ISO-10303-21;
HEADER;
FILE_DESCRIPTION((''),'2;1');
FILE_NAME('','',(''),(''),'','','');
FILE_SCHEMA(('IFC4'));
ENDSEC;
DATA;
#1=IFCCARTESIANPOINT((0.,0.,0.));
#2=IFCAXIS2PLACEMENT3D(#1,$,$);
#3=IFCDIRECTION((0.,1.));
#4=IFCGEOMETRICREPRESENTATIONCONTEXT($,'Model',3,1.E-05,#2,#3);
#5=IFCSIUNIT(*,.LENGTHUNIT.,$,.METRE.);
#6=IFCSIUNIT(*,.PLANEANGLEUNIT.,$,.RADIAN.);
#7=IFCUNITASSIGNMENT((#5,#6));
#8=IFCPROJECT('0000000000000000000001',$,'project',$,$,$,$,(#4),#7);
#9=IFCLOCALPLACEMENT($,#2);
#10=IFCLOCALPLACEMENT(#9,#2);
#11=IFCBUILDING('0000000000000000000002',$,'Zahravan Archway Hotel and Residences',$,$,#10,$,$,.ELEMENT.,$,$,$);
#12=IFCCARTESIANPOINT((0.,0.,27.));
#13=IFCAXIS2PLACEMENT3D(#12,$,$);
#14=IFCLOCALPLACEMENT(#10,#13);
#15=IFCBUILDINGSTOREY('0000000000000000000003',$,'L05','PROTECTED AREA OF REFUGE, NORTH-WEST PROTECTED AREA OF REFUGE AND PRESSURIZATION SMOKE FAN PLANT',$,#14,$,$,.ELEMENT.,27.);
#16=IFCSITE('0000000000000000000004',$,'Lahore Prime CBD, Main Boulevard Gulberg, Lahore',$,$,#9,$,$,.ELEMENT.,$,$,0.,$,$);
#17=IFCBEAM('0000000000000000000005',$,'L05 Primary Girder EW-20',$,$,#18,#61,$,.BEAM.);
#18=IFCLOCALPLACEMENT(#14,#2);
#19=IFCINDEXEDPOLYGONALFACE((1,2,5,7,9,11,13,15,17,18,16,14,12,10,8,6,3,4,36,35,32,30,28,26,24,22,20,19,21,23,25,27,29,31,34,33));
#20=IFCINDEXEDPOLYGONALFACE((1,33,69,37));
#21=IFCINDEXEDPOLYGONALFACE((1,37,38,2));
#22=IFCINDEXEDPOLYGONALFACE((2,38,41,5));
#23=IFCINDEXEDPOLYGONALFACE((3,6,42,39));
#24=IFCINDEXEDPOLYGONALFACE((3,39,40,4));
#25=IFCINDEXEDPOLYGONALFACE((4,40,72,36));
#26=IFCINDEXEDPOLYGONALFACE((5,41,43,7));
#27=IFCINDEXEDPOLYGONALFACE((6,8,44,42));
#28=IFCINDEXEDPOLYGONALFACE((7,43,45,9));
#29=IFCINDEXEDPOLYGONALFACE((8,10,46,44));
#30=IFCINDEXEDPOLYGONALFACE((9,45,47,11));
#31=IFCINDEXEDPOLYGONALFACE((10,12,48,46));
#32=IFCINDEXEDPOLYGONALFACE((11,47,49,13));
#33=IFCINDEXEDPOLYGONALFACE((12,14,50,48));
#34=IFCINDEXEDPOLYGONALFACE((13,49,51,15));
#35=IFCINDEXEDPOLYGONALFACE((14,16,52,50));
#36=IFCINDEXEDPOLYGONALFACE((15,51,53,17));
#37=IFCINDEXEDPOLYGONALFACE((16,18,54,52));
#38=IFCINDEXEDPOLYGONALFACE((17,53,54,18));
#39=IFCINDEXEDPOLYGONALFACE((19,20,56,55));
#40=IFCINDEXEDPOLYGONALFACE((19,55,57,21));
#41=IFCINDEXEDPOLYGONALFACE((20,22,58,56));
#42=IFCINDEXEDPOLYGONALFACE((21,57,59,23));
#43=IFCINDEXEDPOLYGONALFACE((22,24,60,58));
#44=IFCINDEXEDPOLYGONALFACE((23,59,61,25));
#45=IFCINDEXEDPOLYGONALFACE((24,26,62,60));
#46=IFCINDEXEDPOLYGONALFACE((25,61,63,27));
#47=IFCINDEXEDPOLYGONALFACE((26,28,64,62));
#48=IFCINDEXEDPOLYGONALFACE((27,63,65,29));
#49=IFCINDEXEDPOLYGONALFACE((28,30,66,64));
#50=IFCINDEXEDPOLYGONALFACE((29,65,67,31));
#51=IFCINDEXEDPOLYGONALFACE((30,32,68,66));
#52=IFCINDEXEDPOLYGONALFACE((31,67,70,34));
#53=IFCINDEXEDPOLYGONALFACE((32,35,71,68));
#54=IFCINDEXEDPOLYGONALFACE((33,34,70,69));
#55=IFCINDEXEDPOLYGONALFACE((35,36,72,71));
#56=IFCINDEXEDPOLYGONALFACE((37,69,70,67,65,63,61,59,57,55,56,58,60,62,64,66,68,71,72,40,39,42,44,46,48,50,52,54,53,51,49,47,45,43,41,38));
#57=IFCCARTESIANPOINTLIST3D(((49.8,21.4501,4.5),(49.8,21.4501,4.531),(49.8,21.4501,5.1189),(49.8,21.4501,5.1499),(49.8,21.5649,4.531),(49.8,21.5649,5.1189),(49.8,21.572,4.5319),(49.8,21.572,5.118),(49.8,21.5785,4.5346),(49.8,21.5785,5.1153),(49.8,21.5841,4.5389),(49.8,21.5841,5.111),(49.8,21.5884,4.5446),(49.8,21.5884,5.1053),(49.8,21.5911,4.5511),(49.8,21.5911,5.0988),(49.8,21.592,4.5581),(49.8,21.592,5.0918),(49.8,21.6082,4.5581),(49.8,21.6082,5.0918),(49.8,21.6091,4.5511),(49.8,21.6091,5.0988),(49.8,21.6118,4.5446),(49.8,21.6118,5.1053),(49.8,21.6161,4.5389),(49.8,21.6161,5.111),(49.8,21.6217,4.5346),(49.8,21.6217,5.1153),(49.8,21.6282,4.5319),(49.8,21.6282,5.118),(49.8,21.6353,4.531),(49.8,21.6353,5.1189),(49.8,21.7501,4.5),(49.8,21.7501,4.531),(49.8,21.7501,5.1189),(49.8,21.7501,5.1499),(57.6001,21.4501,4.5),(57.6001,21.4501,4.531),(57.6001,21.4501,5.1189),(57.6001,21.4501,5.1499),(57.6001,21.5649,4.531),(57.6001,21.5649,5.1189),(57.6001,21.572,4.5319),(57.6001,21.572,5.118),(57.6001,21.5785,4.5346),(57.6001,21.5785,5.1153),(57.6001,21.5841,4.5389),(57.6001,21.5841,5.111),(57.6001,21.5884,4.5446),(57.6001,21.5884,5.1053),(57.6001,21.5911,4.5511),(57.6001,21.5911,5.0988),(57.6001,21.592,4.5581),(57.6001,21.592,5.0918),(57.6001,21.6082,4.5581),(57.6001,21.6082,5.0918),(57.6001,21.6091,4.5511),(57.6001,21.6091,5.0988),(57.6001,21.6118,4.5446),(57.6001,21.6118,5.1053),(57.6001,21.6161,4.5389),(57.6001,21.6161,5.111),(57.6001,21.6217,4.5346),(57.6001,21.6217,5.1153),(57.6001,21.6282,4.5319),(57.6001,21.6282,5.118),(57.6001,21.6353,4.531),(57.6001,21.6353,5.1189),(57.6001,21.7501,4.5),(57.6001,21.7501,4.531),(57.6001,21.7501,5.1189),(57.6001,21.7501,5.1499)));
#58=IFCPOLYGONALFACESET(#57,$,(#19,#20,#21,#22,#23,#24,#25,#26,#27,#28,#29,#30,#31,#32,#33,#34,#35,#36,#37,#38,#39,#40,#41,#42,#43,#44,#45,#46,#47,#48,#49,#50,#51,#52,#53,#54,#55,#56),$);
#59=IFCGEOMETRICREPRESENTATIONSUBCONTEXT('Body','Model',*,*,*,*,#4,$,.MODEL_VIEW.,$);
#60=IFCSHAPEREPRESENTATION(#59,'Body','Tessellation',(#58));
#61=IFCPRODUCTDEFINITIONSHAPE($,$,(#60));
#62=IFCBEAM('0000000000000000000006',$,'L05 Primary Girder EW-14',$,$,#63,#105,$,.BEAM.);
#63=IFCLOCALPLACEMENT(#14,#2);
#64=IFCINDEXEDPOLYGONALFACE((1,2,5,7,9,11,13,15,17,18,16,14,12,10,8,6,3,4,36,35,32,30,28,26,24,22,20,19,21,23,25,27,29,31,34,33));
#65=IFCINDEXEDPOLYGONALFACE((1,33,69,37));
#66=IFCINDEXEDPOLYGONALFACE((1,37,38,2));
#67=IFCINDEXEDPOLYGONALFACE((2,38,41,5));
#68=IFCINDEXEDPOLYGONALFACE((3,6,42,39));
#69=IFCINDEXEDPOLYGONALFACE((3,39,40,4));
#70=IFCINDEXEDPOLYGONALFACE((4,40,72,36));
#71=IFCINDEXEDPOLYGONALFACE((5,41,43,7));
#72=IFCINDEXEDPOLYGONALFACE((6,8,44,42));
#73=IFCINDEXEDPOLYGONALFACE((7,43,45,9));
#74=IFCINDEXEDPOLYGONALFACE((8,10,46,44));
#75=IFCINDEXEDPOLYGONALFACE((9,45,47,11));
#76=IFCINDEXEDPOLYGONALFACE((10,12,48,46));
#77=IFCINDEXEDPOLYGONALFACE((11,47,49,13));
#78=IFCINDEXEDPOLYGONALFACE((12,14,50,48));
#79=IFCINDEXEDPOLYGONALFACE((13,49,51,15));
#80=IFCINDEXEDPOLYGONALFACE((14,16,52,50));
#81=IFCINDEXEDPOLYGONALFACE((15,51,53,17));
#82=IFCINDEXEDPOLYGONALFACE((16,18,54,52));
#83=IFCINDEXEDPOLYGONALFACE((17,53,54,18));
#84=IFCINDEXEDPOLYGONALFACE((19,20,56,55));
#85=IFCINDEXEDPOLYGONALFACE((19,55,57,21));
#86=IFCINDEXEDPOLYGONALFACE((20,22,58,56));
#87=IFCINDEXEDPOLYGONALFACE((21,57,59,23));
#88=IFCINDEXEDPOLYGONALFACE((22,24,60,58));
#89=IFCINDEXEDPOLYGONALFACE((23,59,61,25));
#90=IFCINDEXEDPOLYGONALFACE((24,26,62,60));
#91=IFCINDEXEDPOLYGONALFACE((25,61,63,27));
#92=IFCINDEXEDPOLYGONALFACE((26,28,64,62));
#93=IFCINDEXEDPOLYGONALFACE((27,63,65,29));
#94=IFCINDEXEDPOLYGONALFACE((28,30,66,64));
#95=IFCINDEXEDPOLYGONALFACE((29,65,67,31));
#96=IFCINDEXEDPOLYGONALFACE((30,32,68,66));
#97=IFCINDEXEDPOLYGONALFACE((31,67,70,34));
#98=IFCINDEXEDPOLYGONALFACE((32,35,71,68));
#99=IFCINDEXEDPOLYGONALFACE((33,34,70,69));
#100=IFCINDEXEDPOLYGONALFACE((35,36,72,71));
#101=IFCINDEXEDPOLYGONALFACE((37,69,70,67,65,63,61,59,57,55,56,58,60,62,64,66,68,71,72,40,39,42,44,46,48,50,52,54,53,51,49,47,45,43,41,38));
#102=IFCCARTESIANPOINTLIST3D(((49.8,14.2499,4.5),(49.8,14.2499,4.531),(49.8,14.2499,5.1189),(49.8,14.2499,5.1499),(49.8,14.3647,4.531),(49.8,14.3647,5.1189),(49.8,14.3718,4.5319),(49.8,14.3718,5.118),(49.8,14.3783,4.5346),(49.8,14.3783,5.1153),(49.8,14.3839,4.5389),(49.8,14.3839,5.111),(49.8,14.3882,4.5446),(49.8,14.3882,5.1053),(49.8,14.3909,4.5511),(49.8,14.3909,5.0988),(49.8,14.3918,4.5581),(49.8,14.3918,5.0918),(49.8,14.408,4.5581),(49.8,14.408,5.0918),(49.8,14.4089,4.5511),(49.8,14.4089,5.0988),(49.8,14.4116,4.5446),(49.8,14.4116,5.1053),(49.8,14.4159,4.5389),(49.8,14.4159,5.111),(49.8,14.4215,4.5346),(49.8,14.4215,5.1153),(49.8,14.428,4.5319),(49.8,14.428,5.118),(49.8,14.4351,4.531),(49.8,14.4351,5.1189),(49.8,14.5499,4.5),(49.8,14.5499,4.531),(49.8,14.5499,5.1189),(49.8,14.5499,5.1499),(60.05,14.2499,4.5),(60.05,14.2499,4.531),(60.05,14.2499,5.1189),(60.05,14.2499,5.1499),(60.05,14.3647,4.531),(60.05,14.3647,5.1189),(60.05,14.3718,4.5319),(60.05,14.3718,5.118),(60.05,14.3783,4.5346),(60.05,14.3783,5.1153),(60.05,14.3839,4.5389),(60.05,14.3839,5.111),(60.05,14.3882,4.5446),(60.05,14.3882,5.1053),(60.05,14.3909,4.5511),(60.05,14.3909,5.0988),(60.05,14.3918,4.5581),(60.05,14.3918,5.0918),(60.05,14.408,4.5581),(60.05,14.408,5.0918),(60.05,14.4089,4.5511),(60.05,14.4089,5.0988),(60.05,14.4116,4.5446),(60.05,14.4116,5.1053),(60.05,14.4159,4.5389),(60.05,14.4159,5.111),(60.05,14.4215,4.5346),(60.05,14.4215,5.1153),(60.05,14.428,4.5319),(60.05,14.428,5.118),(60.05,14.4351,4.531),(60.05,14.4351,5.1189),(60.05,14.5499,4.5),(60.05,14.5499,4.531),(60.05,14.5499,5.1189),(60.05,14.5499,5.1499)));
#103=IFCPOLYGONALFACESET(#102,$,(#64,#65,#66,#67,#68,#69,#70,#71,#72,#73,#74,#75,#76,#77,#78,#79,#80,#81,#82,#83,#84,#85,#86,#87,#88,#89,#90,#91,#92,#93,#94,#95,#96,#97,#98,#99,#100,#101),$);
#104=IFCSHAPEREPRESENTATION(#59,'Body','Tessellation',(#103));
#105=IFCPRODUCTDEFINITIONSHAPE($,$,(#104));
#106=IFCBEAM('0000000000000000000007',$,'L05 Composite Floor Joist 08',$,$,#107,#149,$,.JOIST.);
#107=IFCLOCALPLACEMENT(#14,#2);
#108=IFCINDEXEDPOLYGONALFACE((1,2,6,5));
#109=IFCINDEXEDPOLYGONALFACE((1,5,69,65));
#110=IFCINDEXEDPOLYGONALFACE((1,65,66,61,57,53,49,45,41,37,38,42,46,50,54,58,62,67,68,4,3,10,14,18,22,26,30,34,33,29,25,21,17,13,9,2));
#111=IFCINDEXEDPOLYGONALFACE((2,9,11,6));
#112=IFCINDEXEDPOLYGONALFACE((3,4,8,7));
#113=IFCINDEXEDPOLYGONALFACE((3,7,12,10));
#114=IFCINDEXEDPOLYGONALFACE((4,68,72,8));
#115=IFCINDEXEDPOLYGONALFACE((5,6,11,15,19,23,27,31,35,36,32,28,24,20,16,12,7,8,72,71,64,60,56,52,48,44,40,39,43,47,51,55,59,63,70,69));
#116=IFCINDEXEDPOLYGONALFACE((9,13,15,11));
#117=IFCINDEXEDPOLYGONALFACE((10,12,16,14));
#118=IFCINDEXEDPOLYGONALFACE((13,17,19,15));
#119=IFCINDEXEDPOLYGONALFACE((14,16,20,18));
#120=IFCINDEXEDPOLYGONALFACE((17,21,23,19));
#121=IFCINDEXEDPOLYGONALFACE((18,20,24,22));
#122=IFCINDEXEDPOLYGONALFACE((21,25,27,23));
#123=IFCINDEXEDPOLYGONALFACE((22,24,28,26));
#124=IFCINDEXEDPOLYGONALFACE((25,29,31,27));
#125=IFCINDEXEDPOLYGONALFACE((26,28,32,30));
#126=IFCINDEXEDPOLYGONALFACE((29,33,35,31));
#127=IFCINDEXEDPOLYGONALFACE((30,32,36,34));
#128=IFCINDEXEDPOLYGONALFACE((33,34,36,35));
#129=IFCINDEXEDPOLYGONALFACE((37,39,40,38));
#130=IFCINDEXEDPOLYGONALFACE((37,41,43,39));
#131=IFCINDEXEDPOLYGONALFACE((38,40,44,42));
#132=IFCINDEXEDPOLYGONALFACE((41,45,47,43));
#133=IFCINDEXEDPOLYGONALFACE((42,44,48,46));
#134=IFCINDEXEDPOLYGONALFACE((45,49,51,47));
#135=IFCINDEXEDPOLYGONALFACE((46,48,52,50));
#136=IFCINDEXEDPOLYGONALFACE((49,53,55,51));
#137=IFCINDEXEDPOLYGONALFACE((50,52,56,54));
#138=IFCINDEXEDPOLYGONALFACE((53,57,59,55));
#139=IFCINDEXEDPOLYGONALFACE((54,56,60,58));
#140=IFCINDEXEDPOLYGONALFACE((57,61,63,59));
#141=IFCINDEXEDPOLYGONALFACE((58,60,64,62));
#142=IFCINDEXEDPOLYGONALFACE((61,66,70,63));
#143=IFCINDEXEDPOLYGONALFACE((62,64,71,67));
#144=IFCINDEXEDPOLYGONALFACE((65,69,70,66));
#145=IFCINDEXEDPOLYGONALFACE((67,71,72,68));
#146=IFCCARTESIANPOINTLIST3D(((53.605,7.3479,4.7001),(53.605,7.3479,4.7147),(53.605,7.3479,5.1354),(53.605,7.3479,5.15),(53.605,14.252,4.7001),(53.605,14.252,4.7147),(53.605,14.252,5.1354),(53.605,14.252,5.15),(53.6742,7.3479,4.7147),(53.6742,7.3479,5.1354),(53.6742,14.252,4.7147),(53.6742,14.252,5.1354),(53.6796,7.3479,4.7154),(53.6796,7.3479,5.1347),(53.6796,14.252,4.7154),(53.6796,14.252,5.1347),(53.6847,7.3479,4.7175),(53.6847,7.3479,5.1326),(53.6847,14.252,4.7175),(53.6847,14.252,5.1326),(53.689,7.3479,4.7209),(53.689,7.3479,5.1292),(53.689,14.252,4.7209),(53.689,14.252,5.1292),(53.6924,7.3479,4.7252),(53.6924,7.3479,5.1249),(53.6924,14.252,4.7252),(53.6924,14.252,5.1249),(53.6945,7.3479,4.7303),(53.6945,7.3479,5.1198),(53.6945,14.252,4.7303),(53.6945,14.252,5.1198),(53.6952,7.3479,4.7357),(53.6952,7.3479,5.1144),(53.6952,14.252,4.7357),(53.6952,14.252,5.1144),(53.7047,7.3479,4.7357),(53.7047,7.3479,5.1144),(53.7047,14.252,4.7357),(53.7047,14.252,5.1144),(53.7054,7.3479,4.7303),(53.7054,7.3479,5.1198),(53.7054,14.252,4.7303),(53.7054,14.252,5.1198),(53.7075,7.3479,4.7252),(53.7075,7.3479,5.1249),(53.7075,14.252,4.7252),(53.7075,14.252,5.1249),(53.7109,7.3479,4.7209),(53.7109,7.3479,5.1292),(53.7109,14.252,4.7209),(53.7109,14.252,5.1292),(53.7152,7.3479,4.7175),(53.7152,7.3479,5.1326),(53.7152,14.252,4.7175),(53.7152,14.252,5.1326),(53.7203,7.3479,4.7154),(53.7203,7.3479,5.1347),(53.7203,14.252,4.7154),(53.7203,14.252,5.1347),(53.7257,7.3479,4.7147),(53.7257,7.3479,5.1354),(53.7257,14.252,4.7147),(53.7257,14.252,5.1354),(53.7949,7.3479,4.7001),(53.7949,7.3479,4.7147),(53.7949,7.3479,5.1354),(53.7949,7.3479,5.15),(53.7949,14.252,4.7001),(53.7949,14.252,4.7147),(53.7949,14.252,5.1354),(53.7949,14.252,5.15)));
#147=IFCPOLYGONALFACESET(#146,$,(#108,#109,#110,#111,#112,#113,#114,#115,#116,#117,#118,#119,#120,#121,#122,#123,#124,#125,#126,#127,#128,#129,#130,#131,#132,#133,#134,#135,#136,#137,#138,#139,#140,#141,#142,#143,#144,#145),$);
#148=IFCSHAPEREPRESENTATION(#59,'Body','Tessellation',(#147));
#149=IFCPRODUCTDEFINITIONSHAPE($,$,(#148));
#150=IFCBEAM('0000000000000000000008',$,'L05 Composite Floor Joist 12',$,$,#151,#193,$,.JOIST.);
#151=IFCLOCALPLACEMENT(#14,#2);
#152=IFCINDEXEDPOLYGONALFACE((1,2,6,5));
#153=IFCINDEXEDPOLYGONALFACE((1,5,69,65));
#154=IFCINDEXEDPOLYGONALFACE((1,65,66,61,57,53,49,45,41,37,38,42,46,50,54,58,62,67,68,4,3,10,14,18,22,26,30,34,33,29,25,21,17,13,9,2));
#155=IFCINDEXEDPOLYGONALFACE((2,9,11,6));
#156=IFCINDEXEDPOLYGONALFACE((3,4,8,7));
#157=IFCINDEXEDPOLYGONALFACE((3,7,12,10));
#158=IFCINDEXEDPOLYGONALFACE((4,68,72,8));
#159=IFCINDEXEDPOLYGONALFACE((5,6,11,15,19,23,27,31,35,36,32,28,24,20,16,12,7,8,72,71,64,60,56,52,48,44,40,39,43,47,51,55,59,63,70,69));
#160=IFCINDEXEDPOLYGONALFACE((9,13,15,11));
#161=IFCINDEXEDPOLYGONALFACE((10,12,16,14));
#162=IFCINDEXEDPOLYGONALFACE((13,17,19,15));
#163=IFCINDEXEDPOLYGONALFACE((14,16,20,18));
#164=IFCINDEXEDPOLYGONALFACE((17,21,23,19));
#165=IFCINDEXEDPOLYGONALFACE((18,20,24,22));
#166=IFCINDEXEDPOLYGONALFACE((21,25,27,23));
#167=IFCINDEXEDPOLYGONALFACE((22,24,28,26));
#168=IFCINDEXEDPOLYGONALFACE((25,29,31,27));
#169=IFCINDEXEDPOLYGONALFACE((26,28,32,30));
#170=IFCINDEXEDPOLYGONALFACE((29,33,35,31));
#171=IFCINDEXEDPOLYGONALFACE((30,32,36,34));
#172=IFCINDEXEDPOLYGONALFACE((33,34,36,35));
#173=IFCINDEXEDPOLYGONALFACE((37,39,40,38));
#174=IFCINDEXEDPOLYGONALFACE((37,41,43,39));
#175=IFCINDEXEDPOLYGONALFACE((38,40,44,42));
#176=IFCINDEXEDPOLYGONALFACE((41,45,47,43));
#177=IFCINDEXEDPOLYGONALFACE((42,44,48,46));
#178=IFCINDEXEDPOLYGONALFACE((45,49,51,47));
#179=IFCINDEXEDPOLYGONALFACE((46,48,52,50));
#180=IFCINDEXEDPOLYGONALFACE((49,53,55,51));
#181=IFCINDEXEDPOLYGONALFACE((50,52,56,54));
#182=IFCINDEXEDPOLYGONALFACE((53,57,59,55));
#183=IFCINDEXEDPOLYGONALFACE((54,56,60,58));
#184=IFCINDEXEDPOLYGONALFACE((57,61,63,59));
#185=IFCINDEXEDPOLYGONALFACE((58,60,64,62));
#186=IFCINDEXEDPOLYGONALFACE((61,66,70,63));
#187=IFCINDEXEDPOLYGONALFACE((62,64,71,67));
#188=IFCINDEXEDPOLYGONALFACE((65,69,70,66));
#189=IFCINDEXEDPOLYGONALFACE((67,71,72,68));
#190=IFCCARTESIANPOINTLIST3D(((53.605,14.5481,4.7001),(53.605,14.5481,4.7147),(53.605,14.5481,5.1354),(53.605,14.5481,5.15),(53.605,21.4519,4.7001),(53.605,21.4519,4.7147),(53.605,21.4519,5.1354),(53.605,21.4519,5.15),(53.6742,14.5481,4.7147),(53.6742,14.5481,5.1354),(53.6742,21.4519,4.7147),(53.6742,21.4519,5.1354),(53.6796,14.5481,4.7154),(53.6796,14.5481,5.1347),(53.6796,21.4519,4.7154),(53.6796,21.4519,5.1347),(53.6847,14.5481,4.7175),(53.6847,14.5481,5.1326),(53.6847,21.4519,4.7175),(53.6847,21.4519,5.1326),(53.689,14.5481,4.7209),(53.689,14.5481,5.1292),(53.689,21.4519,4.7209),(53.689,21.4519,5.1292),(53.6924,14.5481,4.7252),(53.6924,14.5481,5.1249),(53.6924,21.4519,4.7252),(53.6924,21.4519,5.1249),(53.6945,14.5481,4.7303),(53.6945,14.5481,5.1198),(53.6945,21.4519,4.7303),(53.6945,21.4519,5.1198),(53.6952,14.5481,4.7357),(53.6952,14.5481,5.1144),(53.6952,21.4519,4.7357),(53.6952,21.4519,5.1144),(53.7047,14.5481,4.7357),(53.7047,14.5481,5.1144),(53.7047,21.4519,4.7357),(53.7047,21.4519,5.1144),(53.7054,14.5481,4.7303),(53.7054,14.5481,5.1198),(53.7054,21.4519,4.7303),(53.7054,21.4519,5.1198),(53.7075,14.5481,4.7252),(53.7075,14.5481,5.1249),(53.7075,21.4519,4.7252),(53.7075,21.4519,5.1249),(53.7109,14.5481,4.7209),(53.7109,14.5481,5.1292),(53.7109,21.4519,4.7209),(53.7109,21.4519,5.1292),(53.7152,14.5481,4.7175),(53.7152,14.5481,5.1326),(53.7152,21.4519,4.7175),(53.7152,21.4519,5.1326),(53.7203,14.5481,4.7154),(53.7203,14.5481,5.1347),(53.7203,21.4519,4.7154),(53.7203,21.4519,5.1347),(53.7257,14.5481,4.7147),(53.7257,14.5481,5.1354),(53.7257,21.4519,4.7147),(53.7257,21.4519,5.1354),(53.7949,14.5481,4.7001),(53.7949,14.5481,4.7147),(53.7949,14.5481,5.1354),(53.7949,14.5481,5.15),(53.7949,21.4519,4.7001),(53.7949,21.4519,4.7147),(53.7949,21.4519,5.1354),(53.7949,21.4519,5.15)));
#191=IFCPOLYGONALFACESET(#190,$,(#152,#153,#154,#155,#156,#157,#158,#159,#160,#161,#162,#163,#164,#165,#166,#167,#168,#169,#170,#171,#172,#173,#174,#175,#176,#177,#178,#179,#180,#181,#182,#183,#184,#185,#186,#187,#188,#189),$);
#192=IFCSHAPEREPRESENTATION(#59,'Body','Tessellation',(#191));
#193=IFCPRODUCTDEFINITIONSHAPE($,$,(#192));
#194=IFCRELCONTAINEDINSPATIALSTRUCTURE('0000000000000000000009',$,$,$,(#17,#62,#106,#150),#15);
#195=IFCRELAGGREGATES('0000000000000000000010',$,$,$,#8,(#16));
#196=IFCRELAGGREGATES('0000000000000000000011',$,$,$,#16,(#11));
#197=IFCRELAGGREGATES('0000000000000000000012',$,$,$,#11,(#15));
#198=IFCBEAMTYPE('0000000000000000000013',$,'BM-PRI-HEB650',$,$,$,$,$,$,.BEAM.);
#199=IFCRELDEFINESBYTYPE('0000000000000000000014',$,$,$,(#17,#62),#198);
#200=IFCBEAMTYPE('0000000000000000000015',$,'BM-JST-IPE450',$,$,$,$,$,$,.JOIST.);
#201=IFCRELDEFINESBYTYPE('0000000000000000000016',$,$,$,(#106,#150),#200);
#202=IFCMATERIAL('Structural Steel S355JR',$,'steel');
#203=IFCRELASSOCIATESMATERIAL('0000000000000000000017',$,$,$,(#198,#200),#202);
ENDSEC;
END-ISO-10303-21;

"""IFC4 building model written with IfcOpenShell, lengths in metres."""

from ifc_helpers import new_model, si_unit, direction, frame, origin, origin_2d, place, context, subcontext, project, spatial, i_section, extrude, source, transform, mapped, material, material_profile, profile_set, type_object, type_shapes, element, save


model = new_model("IFC4")

# Units and contexts
model_context = context("Model", 3, precision=1e-05, world=origin(), true_north=direction((0.0, 1.0)))
body_context = subcontext(model_context, "Body", "Model", "MODEL_VIEW")
ifc_project = project(units=[si_unit("LENGTHUNIT", "METRE"), si_unit("PLANEANGLEUNIT", "RADIAN")], contexts=[model_context])

# Site, building, storey
site_placement = place(None, origin())
site = spatial("IfcSite", under=ifc_project, at=site_placement, Name="Lahore Prime CBD, Main Boulevard Gulberg, Lahore", CompositionType="ELEMENT", RefElevation=0.0)
building_placement = place(site_placement, origin())
building = spatial("IfcBuilding", under=site, at=building_placement, Name="Zahravan Archway Hotel and Residences", CompositionType="ELEMENT")
storey_placement = place(building_placement, frame((0.0, 0.0, 27.0)))
storey = spatial("IfcBuildingStorey", under=building, at=storey_placement, Name="L05", Description="PROTECTED AREA OF REFUGE, NORTH-WEST PROTECTED AREA OF REFUGE AND PRESSURIZATION SMOKE FAN PLANT", CompositionType="ELEMENT", Elevation=27.0)

# Beams
ifc_material_1 = material(Name="Structural Steel S355JR", Category="steel")
ifc_material_profile_1 = material_profile(ifc_material_1, i_section(OverallWidth=0.3, OverallDepth=0.6499, WebThickness=0.0161, FlangeThickness=0.031, FilletRadius=0.0271, at=origin_2d()), Name="HEB 650", Category="steel")
ifc_profile_set_1 = profile_set([ifc_material_profile_1], Name="Structural Steel S355JR")
beam_type_1 = type_object("IfcBeamType", Name="BM-PRI-HEB650", PredefinedType="BEAM", material=ifc_profile_set_1)
shared_shape_1 = source(origin(), body_context, "Body", "SweptSolid", [
    extrude(i_section(OverallWidth=0.3, OverallDepth=0.6499, WebThickness=0.0161, FlangeThickness=0.031, FilletRadius=0.0271, at=origin_2d()), origin(), (0.0, 0.0, 1.0), 7.8),
])
beam_1_placement = place(storey_placement, frame((49.8, 21.6001, 4.825), z_axis=(1.0, 0.0, 0.0), x_axis=(0.0, 1.0, 0.0)))
element("IfcBeam", 1, at=beam_1_placement, inside=storey, type_object=beam_type_1, Name="L05 Primary Girder EW-20", PredefinedType="BEAM", context=body_context, shape_type="MappedRepresentation", body=[
    mapped(shared_shape_1, transform((0.0, 0.0, 0.0), scale=1.0)),
])
shared_shape_2 = source(origin(), body_context, "Body", "SweptSolid", [
    extrude(i_section(OverallWidth=0.3, OverallDepth=0.6499, WebThickness=0.0161, FlangeThickness=0.031, FilletRadius=0.0271, at=origin_2d()), origin(), (0.0, 0.0, 1.0), 10.25),
])
beam_2_placement = place(storey_placement, frame((49.8, 14.3999, 4.825), z_axis=(1.0, 0.0, 0.0), x_axis=(0.0, 1.0, 0.0)))
element("IfcBeam", 2, at=beam_2_placement, inside=storey, type_object=beam_type_1, Name="L05 Primary Girder EW-14", PredefinedType="BEAM", context=body_context, shape_type="MappedRepresentation", body=[
    mapped(shared_shape_2, transform((0.0, 0.0, 0.0), scale=1.0)),
])
ifc_material_profile_2 = material_profile(ifc_material_1, i_section(OverallWidth=0.1899, OverallDepth=0.45, WebThickness=0.0095, FlangeThickness=0.0146, FilletRadius=0.021, at=origin_2d()), Name="IPE 450", Category="steel")
ifc_profile_set_2 = profile_set([ifc_material_profile_2], Name="Structural Steel S355JR")
beam_type_2 = type_object("IfcBeamType", Name="BM-JST-IPE450", PredefinedType="JOIST", material=ifc_profile_set_2)
shared_shape_3 = source(origin(), body_context, "Body", "SweptSolid", [
    extrude(i_section(OverallWidth=0.1899, OverallDepth=0.45, WebThickness=0.0095, FlangeThickness=0.0146, FilletRadius=0.021, at=origin_2d()), origin(), (0.0, 0.0, 1.0), 6.9041),
])
type_shapes(beam_type_2, [shared_shape_3])
beam_3_placement = place(storey_placement, frame((53.7, 7.3479, 4.925), z_axis=(0.0, 1.0, 0.0), x_axis=(-1.0, 0.0, 0.0)))
element("IfcBeam", 3, at=beam_3_placement, inside=storey, type_object=beam_type_2, Name="L05 Composite Floor Joist 08", PredefinedType="JOIST", context=body_context, shape_type="MappedRepresentation", body=[
    mapped(shared_shape_3, transform((0.0, 0.0, 0.0), scale=1.0)),
])
shared_shape_4 = source(origin(), body_context, "Body", "SweptSolid", [
    extrude(i_section(OverallWidth=0.1899, OverallDepth=0.45, WebThickness=0.0095, FlangeThickness=0.0146, FilletRadius=0.021, at=origin_2d()), origin(), (0.0, 0.0, 1.0), 6.9038),
])
beam_4_placement = place(storey_placement, frame((53.7, 14.5481, 4.925), z_axis=(0.0, 1.0, 0.0), x_axis=(-1.0, 0.0, 0.0)))
element("IfcBeam", 4, at=beam_4_placement, inside=storey, type_object=beam_type_2, Name="L05 Composite Floor Joist 12", PredefinedType="JOIST", context=body_context, shape_type="MappedRepresentation", body=[
    mapped(shared_shape_4, transform((0.0, 0.0, 0.0), scale=1.0)),
])

save(model, "model.ifc")
